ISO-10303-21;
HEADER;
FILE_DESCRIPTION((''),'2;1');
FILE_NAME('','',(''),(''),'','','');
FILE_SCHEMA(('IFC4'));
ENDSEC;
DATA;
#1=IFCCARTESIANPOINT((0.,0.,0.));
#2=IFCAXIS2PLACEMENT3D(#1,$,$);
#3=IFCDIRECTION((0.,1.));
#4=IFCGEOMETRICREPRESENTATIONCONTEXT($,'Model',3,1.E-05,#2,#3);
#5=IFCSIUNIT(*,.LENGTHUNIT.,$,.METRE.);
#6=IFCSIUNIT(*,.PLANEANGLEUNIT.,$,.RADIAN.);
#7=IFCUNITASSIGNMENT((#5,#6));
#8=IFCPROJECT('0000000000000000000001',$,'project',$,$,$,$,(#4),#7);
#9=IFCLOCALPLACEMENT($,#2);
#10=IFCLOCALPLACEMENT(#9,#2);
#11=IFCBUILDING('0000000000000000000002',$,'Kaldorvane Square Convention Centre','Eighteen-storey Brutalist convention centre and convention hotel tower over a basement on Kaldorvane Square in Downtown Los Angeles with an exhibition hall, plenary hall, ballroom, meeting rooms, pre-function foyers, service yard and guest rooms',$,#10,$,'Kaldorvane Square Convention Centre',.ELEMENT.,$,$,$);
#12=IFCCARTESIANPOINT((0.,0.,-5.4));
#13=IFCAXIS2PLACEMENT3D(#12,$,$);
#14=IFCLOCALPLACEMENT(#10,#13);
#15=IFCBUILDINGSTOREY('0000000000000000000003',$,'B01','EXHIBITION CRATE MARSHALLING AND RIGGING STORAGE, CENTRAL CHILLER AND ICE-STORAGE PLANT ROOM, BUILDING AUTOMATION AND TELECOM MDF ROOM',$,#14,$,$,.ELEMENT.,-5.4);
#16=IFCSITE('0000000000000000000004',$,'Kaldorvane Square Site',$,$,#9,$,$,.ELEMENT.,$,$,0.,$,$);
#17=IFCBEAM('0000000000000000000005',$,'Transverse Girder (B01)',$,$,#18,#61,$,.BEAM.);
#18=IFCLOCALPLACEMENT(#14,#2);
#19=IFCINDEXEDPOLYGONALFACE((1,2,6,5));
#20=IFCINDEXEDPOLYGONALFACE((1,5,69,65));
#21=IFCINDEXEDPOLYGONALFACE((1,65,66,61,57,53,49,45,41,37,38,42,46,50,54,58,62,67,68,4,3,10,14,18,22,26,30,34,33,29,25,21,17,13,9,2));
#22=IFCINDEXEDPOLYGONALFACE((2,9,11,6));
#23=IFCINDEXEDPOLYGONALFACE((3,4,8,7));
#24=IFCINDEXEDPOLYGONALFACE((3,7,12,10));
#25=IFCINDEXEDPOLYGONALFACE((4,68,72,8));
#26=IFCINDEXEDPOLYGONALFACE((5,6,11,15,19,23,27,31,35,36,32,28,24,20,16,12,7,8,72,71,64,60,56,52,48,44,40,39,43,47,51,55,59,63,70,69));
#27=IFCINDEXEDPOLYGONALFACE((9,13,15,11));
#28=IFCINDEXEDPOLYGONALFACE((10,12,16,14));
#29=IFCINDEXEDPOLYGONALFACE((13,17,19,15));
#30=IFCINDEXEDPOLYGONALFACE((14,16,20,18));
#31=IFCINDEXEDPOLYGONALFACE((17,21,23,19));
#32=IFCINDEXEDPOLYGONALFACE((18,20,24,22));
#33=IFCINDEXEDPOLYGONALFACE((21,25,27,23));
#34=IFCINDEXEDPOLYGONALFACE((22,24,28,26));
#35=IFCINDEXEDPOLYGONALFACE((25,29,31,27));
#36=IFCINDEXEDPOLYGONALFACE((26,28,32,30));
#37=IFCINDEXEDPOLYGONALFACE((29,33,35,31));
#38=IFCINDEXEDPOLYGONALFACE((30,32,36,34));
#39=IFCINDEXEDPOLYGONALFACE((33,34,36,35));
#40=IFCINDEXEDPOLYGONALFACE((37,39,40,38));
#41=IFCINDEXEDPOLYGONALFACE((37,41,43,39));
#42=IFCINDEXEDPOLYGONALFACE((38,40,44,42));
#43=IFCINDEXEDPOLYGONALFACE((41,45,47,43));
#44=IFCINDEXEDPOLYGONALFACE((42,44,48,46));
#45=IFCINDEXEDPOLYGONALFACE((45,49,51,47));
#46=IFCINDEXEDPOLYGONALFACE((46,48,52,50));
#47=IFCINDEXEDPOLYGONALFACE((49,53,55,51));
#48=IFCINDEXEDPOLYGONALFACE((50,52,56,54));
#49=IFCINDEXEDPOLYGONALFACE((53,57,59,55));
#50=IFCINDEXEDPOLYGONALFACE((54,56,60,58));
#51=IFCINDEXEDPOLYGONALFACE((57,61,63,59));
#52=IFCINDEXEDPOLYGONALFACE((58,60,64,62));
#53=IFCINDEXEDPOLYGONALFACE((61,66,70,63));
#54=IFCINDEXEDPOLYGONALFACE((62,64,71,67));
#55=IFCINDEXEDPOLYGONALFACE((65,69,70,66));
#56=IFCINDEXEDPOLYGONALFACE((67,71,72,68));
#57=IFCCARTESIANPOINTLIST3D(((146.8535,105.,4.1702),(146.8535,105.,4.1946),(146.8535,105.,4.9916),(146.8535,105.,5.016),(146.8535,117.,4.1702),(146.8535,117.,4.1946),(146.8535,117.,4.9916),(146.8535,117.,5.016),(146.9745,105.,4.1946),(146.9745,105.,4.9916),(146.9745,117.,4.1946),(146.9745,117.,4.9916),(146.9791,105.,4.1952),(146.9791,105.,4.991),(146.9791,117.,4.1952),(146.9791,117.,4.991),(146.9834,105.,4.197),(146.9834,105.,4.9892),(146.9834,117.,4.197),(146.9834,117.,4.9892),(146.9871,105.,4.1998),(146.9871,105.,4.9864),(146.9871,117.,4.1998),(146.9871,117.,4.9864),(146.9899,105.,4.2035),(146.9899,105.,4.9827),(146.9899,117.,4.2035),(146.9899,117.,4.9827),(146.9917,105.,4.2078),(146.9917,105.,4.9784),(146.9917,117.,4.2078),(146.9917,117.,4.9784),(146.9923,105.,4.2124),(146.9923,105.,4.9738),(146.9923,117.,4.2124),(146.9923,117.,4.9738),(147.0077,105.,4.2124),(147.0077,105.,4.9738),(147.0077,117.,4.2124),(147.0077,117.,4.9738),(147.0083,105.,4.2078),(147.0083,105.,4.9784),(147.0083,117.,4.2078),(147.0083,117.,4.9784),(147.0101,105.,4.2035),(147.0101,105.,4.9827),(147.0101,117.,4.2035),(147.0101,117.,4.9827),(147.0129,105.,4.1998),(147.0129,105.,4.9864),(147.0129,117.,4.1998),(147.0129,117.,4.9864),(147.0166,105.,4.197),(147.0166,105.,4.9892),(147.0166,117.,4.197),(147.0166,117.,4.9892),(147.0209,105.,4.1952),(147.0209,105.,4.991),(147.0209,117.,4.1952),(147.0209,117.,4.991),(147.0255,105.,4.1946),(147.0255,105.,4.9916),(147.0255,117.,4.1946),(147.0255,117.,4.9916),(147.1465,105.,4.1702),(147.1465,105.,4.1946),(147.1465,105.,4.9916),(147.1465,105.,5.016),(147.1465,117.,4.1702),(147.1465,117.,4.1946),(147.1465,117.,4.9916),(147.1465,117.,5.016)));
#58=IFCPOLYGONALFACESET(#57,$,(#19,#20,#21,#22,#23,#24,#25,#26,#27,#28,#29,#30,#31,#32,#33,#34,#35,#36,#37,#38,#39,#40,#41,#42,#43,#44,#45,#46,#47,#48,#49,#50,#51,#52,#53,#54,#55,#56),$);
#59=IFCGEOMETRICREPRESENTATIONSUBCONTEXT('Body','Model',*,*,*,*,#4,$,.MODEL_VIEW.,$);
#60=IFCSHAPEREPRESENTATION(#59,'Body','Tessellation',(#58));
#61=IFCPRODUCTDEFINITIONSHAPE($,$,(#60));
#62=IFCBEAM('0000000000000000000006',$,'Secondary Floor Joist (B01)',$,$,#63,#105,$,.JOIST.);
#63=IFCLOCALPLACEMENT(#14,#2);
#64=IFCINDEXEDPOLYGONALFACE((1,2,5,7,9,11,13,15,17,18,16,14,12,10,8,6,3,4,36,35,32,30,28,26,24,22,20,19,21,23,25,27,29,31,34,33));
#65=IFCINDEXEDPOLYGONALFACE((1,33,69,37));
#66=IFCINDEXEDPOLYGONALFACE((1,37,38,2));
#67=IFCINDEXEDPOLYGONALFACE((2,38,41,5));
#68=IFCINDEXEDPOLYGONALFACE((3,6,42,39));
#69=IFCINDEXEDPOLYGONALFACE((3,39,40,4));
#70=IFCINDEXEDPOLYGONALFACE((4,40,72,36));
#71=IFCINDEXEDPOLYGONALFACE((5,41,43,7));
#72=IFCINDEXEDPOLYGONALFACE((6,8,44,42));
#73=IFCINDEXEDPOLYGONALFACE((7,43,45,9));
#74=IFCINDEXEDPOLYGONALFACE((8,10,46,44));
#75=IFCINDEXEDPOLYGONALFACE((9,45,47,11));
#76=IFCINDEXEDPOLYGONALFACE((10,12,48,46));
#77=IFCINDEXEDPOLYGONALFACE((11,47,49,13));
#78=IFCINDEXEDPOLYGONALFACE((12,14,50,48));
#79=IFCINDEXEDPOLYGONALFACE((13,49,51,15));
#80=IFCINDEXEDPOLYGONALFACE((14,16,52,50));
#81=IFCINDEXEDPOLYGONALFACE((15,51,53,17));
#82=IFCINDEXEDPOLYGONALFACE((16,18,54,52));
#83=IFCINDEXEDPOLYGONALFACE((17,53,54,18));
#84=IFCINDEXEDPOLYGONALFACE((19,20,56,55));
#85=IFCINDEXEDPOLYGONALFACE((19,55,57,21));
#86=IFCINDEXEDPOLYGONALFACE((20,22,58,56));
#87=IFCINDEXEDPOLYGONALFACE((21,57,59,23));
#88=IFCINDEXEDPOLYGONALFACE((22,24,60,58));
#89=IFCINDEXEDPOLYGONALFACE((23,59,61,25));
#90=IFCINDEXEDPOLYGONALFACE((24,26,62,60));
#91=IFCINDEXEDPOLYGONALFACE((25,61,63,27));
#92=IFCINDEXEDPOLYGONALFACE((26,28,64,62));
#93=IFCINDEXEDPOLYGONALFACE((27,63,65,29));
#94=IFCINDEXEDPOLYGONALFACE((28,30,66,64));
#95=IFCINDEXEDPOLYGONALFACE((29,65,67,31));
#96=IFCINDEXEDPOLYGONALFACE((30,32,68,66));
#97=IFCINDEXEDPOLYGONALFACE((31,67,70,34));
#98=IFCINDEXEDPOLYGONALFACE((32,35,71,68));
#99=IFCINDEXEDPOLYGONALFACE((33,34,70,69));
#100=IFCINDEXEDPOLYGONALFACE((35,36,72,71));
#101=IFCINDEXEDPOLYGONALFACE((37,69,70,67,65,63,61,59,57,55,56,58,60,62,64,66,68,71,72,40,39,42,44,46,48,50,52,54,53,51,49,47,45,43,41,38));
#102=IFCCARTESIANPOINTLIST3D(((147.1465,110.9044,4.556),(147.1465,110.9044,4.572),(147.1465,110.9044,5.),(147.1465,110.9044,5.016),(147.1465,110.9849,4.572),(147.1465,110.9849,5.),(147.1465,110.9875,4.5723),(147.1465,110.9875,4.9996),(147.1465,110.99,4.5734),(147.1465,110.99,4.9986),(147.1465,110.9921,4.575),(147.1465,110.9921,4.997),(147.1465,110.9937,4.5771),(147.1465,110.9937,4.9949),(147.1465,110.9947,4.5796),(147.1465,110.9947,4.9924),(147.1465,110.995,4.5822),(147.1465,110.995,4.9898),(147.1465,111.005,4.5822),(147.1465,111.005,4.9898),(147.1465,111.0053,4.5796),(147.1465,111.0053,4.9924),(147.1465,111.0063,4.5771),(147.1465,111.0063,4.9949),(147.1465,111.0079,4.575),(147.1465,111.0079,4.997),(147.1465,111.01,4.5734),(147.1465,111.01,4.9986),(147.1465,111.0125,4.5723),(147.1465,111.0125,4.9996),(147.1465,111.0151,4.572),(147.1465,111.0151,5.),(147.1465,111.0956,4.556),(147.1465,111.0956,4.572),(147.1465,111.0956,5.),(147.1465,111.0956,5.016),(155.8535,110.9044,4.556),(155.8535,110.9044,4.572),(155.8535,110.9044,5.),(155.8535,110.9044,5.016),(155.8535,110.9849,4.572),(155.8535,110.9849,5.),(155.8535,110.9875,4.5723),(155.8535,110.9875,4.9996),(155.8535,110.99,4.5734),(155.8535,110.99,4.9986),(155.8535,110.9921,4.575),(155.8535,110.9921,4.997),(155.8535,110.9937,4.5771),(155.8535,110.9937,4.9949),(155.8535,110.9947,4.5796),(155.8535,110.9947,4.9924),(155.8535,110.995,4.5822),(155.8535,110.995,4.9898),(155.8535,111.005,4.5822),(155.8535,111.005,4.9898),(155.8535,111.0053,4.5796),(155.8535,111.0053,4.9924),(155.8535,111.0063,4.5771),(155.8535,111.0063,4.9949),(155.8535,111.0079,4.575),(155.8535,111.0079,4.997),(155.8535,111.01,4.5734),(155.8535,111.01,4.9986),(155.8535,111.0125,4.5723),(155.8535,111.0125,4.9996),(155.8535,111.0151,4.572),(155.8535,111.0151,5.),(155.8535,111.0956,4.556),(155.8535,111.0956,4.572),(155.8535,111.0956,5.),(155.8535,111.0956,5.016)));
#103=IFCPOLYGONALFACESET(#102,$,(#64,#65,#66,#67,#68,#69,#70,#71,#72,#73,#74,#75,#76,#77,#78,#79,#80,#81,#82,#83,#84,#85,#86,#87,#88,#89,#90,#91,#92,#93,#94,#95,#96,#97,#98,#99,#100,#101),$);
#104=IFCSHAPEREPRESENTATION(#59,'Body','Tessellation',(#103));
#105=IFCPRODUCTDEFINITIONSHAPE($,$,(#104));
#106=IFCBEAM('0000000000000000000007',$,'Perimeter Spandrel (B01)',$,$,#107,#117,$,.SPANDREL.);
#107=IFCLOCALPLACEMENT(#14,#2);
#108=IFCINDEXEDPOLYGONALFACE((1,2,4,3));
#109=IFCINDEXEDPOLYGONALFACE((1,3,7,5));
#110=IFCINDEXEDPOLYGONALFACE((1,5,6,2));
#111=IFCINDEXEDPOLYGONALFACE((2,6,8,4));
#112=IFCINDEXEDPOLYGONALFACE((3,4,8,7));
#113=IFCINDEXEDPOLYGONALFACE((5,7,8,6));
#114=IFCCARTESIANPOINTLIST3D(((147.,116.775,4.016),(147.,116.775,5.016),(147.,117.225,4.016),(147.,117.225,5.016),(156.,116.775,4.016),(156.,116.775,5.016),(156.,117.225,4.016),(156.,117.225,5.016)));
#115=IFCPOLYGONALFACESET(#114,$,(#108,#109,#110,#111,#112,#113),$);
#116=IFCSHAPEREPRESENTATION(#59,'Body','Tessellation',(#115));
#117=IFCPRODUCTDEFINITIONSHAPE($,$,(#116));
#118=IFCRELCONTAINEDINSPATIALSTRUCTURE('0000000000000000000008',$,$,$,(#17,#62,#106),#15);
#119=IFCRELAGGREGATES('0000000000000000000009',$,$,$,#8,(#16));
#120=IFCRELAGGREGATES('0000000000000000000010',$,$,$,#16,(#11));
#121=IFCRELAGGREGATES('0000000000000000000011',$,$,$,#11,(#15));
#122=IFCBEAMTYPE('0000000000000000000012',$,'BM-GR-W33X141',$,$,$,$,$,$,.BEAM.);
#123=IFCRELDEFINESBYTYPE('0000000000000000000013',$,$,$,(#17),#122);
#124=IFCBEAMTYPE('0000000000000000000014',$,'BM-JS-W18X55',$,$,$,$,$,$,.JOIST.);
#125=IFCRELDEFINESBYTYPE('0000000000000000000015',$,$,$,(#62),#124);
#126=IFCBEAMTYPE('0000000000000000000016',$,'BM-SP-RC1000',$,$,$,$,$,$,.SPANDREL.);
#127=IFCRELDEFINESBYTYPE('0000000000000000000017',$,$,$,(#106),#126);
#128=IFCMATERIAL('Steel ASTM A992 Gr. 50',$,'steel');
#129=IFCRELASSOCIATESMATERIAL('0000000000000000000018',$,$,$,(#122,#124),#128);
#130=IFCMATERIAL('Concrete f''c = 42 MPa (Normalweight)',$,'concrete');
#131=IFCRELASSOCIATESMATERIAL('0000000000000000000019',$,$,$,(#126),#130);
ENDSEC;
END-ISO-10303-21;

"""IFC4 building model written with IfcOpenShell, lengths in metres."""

from ifc_helpers import new_model, si_unit, direction, frame, origin, origin_2d, place, context, subcontext, project, spatial, rectangle, i_section, extrude, material, material_profile, profile_set, type_object, element, save


model = new_model("IFC4")

# Units and contexts
model_context = context("Model", 3, precision=1e-05, world=origin(), true_north=direction((0.0, 1.0)))
body_context = subcontext(model_context, "Body", "Model", "MODEL_VIEW")
ifc_project = project(units=[si_unit("LENGTHUNIT", "METRE"), si_unit("PLANEANGLEUNIT", "RADIAN")], contexts=[model_context])

# Site, building, storey
site_placement = place(None, origin())
site = spatial("IfcSite", under=ifc_project, at=site_placement, Name="Kaldorvane Square Site", CompositionType="ELEMENT", RefElevation=0.0)
building_placement = place(site_placement, origin())
building = spatial("IfcBuilding", under=site, at=building_placement, Name="Kaldorvane Square Convention Centre", Description="Eighteen-storey Brutalist convention centre and convention hotel tower over a basement on Kaldorvane Square in Downtown Los Angeles with an exhibition hall, plenary hall, ballroom, meeting rooms, pre-function foyers, service yard and guest rooms", LongName="Kaldorvane Square Convention Centre", CompositionType="ELEMENT")
storey_placement = place(building_placement, frame((0.0, 0.0, -5.4)))
storey = spatial("IfcBuildingStorey", under=building, at=storey_placement, Name="B01", Description="EXHIBITION CRATE MARSHALLING AND RIGGING STORAGE, CENTRAL CHILLER AND ICE-STORAGE PLANT ROOM, BUILDING AUTOMATION AND TELECOM MDF ROOM", CompositionType="ELEMENT", Elevation=-5.4)

# Shared definitions
ifc_material_1 = material(Name="Concrete f'c = 42 MPa (Normalweight)", Category="concrete")

# Shared definitions
ifc_material_2 = material(Name="Steel ASTM A992 Gr. 50", Category="steel")

# Beams
ifc_material_profile_1 = material_profile(ifc_material_2, i_section(OverallWidth=0.293, OverallDepth=0.8458, WebThickness=0.0154, FlangeThickness=0.0244, FilletRadius=0.0178, at=origin_2d()), Name="W33X141")
ifc_profile_set_1 = profile_set([ifc_material_profile_1], Name="Steel ASTM A992 Gr. 50")
beam_type_1 = type_object("IfcBeamType", Name="BM-GR-W33X141", PredefinedType="BEAM", material=ifc_profile_set_1)
beam_1_placement = place(storey_placement, frame((147.0, 105.0, 4.5931), z_axis=(0.0, 1.0, 0.0), x_axis=(-1.0, 0.0, 0.0)))
element("IfcBeam", 1, at=beam_1_placement, inside=storey, type_object=beam_type_1, Name="Transverse Girder (B01)", PredefinedType="BEAM", context=body_context, shape_type="SweptSolid", body=[
    extrude(i_section(OverallWidth=0.293, OverallDepth=0.8458, WebThickness=0.0154, FlangeThickness=0.0244, FilletRadius=0.0178, at=origin_2d()), origin(), (0.0, 0.0, 1.0), 12.0),
])
ifc_material_profile_2 = material_profile(ifc_material_2, i_section(OverallWidth=0.1913, OverallDepth=0.46, WebThickness=0.0099, FlangeThickness=0.016, FilletRadius=0.0102, at=origin_2d()), Name="W18X55")
ifc_profile_set_2 = profile_set([ifc_material_profile_2], Name="Steel ASTM A992 Gr. 50")
beam_type_2 = type_object("IfcBeamType", Name="BM-JS-W18X55", PredefinedType="JOIST", material=ifc_profile_set_2)
beam_2_placement = place(storey_placement, frame((147.1465, 111.0, 4.786), z_axis=(1.0, 0.0, 0.0), x_axis=(0.0, 1.0, 0.0)))
element("IfcBeam", 2, at=beam_2_placement, inside=storey, type_object=beam_type_2, Name="Secondary Floor Joist (B01)", PredefinedType="JOIST", context=body_context, shape_type="SweptSolid", body=[
    extrude(i_section(OverallWidth=0.1913, OverallDepth=0.46, WebThickness=0.0099, FlangeThickness=0.016, FilletRadius=0.0102, at=origin_2d()), origin(), (0.0, 0.0, 1.0), 8.707),
])
ifc_material_profile_3 = material_profile(ifc_material_1, rectangle(XDim=0.45, YDim=1.0, at=origin_2d()), Name="RCSP1000X450")
ifc_profile_set_3 = profile_set([ifc_material_profile_3], Name="Concrete f'c = 42 MPa (Normalweight)")
beam_type_3 = type_object("IfcBeamType", Name="BM-SP-RC1000", PredefinedType="SPANDREL", material=ifc_profile_set_3)
beam_3_placement = place(storey_placement, frame((147.0, 117.0, 4.516), z_axis=(1.0, 0.0, 0.0), x_axis=(0.0, 1.0, 0.0)))
element("IfcBeam", 3, at=beam_3_placement, inside=storey, type_object=beam_type_3, Name="Perimeter Spandrel (B01)", PredefinedType="SPANDREL", context=body_context, shape_type="SweptSolid", body=[
    extrude(rectangle(XDim=0.45, YDim=1.0, at=origin_2d()), origin(), (0.0, 0.0, 1.0), 9.0),
])

save(model, "model.ifc")
